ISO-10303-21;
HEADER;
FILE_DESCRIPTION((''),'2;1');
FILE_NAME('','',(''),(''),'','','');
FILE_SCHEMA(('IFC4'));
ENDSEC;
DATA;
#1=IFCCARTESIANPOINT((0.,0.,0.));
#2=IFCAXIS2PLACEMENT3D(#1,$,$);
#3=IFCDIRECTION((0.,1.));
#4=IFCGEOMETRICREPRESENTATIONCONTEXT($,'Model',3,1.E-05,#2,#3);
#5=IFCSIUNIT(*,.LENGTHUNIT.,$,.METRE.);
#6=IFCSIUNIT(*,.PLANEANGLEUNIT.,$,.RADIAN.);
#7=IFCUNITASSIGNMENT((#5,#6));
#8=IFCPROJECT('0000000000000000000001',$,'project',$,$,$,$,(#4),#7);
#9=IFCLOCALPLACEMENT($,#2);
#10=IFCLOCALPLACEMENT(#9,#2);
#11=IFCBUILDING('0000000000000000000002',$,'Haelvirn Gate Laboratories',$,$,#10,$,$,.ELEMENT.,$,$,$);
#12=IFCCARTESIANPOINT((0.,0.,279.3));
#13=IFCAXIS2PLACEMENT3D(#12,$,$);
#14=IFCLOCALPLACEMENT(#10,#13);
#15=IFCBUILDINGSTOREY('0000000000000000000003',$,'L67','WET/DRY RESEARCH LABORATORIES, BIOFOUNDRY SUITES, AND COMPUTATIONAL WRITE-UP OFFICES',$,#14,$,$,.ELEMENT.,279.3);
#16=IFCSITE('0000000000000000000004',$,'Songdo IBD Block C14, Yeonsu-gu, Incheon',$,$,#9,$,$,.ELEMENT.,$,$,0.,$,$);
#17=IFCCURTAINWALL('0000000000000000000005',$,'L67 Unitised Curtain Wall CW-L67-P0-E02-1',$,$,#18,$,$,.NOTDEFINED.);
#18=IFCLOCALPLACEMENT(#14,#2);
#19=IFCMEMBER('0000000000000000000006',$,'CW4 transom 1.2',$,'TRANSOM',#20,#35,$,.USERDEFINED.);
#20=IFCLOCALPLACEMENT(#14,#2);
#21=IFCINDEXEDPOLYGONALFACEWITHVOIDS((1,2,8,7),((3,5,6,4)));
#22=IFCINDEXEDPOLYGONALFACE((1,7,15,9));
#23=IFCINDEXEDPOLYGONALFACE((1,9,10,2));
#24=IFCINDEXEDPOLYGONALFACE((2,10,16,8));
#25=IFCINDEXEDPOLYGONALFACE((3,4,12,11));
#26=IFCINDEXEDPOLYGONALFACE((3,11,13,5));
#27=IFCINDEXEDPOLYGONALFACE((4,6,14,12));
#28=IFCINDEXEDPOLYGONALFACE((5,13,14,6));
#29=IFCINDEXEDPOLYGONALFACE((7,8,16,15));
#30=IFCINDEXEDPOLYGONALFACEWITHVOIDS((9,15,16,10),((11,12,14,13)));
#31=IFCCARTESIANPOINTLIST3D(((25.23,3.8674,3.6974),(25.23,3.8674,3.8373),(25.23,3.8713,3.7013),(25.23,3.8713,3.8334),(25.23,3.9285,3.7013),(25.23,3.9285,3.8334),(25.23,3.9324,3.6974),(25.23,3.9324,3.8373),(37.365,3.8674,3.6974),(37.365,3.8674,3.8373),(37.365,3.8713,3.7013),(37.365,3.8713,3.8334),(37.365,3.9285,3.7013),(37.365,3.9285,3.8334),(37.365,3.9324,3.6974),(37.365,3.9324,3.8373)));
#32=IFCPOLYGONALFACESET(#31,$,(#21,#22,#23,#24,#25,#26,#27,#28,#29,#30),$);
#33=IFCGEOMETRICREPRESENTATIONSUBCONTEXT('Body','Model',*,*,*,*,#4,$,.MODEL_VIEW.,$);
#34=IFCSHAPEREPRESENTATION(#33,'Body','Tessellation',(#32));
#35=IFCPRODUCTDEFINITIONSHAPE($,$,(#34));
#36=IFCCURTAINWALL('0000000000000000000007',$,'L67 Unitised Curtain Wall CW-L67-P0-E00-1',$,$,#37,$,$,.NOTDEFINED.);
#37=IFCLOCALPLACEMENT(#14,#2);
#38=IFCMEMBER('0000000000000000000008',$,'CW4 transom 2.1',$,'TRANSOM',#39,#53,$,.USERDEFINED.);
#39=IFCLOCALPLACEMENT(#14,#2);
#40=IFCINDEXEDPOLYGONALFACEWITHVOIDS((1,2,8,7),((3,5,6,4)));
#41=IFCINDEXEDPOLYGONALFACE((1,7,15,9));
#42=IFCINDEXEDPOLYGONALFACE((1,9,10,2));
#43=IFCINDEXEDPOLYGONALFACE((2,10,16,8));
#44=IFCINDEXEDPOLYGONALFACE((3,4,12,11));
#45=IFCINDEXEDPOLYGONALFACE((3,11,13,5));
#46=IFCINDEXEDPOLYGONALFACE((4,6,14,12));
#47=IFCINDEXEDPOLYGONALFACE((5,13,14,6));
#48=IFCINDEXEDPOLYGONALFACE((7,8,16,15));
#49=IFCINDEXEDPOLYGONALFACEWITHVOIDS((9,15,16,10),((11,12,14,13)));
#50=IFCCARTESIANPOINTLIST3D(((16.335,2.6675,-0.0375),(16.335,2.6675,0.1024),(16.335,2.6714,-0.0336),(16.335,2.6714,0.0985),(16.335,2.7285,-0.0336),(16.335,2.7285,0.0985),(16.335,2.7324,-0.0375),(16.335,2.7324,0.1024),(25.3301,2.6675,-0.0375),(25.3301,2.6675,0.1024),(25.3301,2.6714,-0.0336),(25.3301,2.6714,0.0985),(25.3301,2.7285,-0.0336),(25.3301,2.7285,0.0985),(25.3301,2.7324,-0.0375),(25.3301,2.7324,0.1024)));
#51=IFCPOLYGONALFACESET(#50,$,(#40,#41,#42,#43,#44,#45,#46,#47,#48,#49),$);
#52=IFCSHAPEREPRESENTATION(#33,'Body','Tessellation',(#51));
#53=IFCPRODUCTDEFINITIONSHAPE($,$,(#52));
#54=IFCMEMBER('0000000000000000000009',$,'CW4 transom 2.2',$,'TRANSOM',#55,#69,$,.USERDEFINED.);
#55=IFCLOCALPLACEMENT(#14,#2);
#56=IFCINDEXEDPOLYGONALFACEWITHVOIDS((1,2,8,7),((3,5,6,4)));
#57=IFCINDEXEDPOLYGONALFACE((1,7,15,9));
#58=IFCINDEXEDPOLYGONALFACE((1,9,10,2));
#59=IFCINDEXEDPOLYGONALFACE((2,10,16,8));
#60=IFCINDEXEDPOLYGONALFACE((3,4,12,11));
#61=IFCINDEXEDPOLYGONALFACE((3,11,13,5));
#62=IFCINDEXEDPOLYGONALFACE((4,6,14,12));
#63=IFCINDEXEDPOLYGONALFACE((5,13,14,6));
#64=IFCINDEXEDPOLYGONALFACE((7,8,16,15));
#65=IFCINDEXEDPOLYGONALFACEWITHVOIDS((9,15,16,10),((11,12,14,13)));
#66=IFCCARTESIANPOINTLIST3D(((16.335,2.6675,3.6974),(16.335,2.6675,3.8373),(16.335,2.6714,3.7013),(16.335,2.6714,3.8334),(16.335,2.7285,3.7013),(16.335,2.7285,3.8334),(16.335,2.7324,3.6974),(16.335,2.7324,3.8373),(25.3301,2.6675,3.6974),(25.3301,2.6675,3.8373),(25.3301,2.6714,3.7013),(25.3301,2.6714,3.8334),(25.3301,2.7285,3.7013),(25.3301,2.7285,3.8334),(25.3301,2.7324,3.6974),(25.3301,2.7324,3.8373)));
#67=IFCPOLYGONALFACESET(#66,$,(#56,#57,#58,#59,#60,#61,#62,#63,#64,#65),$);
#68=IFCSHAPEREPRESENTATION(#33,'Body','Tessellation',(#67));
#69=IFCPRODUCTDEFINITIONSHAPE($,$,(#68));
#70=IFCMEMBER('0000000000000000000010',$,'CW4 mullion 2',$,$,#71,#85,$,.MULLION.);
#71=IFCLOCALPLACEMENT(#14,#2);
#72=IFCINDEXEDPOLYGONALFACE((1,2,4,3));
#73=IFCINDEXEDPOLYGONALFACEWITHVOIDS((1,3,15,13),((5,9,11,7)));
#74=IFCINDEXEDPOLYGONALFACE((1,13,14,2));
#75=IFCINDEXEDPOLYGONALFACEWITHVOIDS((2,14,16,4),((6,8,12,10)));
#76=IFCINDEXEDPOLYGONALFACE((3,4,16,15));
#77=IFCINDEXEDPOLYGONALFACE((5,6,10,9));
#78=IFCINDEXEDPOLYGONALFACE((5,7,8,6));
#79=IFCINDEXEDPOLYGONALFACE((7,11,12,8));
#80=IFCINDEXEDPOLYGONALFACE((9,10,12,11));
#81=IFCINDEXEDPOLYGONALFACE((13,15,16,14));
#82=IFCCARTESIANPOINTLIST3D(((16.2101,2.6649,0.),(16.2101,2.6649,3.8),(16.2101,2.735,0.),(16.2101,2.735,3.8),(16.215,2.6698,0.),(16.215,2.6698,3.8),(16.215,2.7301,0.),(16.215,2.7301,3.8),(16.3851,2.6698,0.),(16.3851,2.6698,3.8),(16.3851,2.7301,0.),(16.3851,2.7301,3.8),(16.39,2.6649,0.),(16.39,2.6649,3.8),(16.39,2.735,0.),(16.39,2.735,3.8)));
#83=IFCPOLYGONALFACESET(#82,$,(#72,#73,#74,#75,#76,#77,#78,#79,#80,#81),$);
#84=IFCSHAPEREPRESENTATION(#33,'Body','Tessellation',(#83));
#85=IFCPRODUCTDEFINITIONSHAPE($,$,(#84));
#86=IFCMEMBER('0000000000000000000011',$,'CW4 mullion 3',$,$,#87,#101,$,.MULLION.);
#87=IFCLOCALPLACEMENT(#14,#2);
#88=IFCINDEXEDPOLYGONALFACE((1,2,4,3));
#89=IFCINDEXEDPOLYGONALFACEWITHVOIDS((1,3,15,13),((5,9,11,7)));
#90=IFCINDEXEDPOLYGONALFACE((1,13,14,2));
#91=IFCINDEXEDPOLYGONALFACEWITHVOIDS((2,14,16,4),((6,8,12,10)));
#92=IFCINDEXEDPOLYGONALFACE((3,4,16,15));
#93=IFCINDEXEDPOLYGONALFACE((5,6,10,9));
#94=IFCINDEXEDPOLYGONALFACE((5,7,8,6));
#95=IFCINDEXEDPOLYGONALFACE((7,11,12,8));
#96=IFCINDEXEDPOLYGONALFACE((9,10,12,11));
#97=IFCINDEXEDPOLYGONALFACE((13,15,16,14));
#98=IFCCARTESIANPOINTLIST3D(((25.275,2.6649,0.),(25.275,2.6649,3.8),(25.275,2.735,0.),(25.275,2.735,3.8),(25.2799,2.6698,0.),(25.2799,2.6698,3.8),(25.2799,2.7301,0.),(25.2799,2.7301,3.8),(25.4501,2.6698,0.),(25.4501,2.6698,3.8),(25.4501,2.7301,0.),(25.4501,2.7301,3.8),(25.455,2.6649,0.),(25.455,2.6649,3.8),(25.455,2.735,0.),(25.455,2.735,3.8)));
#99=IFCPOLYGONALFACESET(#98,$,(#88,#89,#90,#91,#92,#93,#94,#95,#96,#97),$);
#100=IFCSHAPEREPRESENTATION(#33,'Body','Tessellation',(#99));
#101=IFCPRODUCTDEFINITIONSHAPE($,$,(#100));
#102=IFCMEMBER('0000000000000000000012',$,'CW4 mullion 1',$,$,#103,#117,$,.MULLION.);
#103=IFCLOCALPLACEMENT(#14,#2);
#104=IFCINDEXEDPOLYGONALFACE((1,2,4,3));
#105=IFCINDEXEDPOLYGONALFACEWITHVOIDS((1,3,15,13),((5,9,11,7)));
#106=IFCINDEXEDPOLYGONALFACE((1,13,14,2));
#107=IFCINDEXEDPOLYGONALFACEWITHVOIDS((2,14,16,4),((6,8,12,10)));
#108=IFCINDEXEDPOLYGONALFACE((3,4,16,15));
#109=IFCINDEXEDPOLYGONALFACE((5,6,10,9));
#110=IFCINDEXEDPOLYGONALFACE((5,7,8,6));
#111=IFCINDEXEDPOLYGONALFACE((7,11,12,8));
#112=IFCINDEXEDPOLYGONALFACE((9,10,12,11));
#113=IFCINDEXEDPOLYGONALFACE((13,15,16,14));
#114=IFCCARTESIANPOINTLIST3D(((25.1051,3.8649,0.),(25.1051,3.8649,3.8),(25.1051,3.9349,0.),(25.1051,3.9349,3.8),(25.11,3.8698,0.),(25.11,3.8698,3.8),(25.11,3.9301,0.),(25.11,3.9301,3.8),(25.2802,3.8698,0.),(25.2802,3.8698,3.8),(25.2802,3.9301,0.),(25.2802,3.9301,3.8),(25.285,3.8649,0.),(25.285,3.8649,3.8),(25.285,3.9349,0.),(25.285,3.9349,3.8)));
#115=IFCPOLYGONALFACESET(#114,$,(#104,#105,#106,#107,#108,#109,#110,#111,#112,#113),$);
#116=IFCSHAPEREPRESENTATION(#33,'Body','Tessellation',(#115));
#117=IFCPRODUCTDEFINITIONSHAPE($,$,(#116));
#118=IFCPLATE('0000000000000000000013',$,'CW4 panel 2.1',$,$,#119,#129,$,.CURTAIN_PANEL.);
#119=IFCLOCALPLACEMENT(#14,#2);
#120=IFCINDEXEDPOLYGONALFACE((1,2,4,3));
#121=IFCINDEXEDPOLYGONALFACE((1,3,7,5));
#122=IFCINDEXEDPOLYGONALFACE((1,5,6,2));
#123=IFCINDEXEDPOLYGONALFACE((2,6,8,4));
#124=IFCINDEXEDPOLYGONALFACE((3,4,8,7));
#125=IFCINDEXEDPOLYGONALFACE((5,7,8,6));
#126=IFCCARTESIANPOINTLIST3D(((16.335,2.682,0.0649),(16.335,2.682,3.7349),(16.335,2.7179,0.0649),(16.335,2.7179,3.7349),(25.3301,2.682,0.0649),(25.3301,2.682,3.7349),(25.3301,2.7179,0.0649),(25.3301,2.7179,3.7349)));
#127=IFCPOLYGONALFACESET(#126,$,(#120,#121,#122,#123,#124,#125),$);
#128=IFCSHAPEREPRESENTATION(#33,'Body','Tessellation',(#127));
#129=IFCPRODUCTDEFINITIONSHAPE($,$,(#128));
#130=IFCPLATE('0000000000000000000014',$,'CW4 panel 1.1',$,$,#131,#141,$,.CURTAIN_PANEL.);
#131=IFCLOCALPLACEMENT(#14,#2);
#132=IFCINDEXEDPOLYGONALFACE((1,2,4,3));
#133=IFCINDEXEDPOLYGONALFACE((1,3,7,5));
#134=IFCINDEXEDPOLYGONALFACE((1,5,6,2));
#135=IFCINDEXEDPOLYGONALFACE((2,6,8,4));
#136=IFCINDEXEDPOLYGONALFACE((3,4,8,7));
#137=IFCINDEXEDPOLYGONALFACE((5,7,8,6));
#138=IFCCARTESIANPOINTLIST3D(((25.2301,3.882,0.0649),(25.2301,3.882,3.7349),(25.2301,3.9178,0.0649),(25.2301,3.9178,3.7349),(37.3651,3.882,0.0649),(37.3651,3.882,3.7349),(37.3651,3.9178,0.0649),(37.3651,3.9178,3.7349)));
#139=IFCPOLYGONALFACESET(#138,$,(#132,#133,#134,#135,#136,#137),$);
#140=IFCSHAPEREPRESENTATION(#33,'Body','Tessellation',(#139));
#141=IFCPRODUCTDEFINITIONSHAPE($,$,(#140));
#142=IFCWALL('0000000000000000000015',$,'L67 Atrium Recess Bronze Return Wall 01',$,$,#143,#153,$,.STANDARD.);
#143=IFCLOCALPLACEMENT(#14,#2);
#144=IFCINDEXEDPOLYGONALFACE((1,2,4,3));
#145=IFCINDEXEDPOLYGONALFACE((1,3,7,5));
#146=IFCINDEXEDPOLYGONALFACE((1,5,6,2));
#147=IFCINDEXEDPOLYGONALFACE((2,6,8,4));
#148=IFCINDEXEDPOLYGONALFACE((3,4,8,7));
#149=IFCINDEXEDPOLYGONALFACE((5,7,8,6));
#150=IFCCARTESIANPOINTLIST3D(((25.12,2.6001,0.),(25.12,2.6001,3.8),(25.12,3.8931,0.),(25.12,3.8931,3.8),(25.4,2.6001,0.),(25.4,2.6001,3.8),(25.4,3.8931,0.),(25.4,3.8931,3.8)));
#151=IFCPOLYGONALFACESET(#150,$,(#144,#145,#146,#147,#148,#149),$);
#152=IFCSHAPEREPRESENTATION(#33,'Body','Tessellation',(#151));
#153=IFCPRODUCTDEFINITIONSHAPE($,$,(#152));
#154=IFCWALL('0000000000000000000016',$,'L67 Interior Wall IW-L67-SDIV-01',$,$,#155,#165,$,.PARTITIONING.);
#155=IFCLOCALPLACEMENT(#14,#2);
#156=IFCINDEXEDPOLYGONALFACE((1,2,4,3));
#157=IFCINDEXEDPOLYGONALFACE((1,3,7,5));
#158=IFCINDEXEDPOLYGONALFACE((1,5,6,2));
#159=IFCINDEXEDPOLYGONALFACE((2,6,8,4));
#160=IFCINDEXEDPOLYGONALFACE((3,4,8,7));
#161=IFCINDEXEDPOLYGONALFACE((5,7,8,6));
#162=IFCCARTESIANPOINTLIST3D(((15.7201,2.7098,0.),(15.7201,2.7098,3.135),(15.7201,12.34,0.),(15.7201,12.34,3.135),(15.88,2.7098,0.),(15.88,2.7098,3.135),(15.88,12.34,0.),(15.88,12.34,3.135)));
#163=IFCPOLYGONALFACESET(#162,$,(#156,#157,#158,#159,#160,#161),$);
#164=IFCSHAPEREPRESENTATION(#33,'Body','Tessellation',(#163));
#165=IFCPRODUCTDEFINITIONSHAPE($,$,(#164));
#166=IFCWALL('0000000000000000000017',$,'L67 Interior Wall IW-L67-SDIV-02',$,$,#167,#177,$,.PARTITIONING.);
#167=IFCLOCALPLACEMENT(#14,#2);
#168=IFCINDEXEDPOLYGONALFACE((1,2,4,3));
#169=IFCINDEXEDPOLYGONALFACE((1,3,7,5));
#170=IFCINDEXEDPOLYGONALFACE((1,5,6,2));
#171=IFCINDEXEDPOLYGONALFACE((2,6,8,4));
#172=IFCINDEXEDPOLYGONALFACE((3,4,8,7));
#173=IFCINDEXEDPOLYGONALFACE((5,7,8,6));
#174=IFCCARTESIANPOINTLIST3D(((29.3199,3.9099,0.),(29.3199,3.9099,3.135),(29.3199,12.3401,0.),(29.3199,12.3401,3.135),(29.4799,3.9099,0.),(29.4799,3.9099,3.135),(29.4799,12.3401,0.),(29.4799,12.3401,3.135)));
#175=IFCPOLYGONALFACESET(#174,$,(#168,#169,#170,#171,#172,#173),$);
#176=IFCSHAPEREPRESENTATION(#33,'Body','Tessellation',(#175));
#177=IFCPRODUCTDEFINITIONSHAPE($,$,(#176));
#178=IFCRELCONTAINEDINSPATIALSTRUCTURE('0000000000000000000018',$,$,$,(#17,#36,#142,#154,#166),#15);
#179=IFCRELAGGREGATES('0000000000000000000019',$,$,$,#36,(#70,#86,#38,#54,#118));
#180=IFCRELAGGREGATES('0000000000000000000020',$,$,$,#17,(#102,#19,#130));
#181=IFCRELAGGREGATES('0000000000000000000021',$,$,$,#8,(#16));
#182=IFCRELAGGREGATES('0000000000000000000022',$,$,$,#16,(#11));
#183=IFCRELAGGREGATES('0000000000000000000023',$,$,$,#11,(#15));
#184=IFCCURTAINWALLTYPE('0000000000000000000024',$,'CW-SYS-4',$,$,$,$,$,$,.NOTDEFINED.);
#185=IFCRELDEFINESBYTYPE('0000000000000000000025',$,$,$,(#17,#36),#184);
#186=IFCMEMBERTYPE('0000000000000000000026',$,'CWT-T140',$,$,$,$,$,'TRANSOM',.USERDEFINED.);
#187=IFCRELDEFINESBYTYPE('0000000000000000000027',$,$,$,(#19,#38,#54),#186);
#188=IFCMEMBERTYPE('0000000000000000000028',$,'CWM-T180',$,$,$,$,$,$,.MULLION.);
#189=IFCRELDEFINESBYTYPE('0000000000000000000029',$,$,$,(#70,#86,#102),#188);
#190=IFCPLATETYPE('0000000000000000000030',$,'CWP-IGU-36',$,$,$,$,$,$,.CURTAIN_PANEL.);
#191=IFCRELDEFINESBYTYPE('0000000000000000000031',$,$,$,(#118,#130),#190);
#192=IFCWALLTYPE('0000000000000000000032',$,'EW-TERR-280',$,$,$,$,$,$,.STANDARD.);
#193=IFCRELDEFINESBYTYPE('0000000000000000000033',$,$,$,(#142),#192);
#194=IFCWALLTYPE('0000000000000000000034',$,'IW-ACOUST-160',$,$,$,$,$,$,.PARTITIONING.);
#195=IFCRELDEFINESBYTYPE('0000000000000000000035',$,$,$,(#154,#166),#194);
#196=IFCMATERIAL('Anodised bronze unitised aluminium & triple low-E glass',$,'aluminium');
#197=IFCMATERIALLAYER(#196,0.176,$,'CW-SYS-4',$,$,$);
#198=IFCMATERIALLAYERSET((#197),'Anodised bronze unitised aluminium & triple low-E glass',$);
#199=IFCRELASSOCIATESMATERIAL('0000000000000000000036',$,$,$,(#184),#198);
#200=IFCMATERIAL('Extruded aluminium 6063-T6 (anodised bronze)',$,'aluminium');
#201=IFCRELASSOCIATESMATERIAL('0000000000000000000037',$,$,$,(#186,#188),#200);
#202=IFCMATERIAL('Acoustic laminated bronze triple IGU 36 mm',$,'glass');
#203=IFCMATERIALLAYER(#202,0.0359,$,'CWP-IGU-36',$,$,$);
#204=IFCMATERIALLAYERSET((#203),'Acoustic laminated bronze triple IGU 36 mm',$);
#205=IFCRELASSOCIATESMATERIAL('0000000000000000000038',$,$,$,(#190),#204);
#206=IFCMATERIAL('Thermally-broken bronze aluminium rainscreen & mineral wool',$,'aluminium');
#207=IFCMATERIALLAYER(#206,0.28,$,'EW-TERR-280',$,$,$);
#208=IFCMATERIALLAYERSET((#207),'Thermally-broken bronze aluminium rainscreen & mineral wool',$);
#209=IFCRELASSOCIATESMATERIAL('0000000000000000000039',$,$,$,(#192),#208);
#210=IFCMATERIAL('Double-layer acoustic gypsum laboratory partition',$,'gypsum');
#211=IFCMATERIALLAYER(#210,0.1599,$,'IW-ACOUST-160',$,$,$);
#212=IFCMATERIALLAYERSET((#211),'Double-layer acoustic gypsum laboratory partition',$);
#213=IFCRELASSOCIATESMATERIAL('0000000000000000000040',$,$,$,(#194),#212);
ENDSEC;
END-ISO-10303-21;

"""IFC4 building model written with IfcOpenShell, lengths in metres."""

from ifc_helpers import new_model, si_unit, direction, frame, frame_2d, origin, origin_2d, place, context, subcontext, project, spatial, rectangle, hollow_rectangle, extrude, source, transform, mapped, material, layer, layer_set, material_profile, profile_set, type_object, type_shapes, element, aggregate, save


model = new_model("IFC4")

# Units and contexts
model_context = context("Model", 3, precision=1e-05, world=origin(), true_north=direction((0.0, 1.0)))
body_context = subcontext(model_context, "Body", "Model", "MODEL_VIEW")
ifc_project = project(units=[si_unit("LENGTHUNIT", "METRE"), si_unit("PLANEANGLEUNIT", "RADIAN")], contexts=[model_context])

# Site, building, storey
site_placement = place(None, origin())
site = spatial("IfcSite", under=ifc_project, at=site_placement, Name="Songdo IBD Block C14, Yeonsu-gu, Incheon", CompositionType="ELEMENT", RefElevation=0.0)
building_placement = place(site_placement, origin())
building = spatial("IfcBuilding", under=site, at=building_placement, Name="Haelvirn Gate Laboratories", CompositionType="ELEMENT")
storey_placement = place(building_placement, frame((0.0, 0.0, 279.3)))
storey = spatial("IfcBuildingStorey", under=building, at=storey_placement, Name="L67", Description="WET/DRY RESEARCH LABORATORIES, BIOFOUNDRY SUITES, AND COMPUTATIONAL WRITE-UP OFFICES", CompositionType="ELEMENT", Elevation=279.3)

# Curtain walls, members
ifc_material_1 = material(Name="Anodised bronze unitised aluminium & triple low-E glass", Category="aluminium")
ifc_layer_1 = layer(ifc_material_1, 0.176, Name="CW-SYS-4")
ifc_layer_set_1 = layer_set([ifc_layer_1], Name="Anodised bronze unitised aluminium & triple low-E glass")
curtain_wall_type = type_object("IfcCurtainWallType", Name="CW-SYS-4", PredefinedType="NOTDEFINED", material=ifc_layer_set_1)
curtain_wall_1_placement = place(storey_placement, origin())
curtain_wall_1 = element("IfcCurtainWall", 1, at=curtain_wall_1_placement, inside=storey, type_object=curtain_wall_type, Name="L67 Unitised Curtain Wall CW-L67-P0-E02-1", PredefinedType="NOTDEFINED")
ifc_material_2 = material(Name="Extruded aluminium 6063-T6 (anodised bronze)", Category="aluminium")
ifc_material_profile_1 = material_profile(ifc_material_2, hollow_rectangle(XDim=0.0649, YDim=0.1399, WallThickness=0.0039, at=origin_2d()), Name="CWT-140x65x4")
ifc_profile_set_1 = profile_set([ifc_material_profile_1], Name="Extruded aluminium 6063-T6 (anodised bronze)")
member_type_1 = type_object("IfcMemberType", Name="CWT-T140", ElementType="TRANSOM", PredefinedType="USERDEFINED", material=ifc_profile_set_1)
shared_shape_1 = source(origin(), body_context, "Body", "SweptSolid", [
    extrude(hollow_rectangle(XDim=0.0649, YDim=0.1399, WallThickness=0.0039, at=origin_2d()), origin(), (0.0, 0.0, 1.0), 12.135),
])
member_1_placement = place(storey_placement, frame((25.23, 3.8999, 3.7673), z_axis=(1.0, 0.0, 0.0), x_axis=(0.0, 1.0, 0.0)))
member_1 = element("IfcMember", 2, at=member_1_placement, type_object=member_type_1, Name="CW4 transom 1.2", ObjectType="TRANSOM", PredefinedType="USERDEFINED", context=body_context, shape_type="MappedRepresentation", body=[
    mapped(shared_shape_1, transform((0.0, 0.0, 0.0), scale=1.0)),
])
curtain_wall_2_placement = place(storey_placement, origin())
curtain_wall_2 = element("IfcCurtainWall", 3, at=curtain_wall_2_placement, inside=storey, type_object=curtain_wall_type, Name="L67 Unitised Curtain Wall CW-L67-P0-E00-1", PredefinedType="NOTDEFINED")
shared_shape_2 = source(origin(), body_context, "Body", "SweptSolid", [
    extrude(hollow_rectangle(XDim=0.0649, YDim=0.1399, WallThickness=0.0039, at=origin_2d()), origin(), (0.0, 0.0, 1.0), 8.9951),
])
type_shapes(member_type_1, [shared_shape_1, shared_shape_2])
member_2_placement = place(storey_placement, frame((16.335, 2.7, 0.0325), z_axis=(1.0, 0.0, 0.0), x_axis=(0.0, 1.0, 0.0)))
member_2 = element("IfcMember", 4, at=member_2_placement, type_object=member_type_1, Name="CW4 transom 2.1", ObjectType="TRANSOM", PredefinedType="USERDEFINED", context=body_context, shape_type="MappedRepresentation", body=[
    mapped(shared_shape_2, transform((0.0, 0.0, 0.0), scale=1.0)),
])
member_3_placement = place(storey_placement, frame((16.335, 2.7, 3.7673), z_axis=(1.0, 0.0, 0.0), x_axis=(0.0, 1.0, 0.0)))
member_3 = element("IfcMember", 5, at=member_3_placement, type_object=member_type_1, Name="CW4 transom 2.2", ObjectType="TRANSOM", PredefinedType="USERDEFINED", context=body_context, shape_type="MappedRepresentation", body=[
    mapped(shared_shape_2, transform((0.0, 0.0, 0.0), scale=1.0)),
])
ifc_material_profile_2 = material_profile(ifc_material_2, hollow_rectangle(XDim=0.0701, YDim=0.1799, WallThickness=0.0049, at=origin_2d()), Name="CWM-180x70x5")
ifc_profile_set_2 = profile_set([ifc_material_profile_2], Name="Extruded aluminium 6063-T6 (anodised bronze)")
member_type_2 = type_object("IfcMemberType", Name="CWM-T180", PredefinedType="MULLION", material=ifc_profile_set_2)
shared_shape_3 = source(origin(), body_context, "Body", "SweptSolid", [
    extrude(hollow_rectangle(XDim=0.0701, YDim=0.1799, WallThickness=0.0049, at=origin_2d()), origin(), (0.0, 0.0, 1.0), 3.8),
])
type_shapes(member_type_2, [shared_shape_3])
member_4_placement = place(storey_placement, frame((16.3, 2.7, 0.0), z_axis=(0.0, 0.0, 1.0), x_axis=(0.0, 1.0, 0.0)))
member_4 = element("IfcMember", 6, at=member_4_placement, type_object=member_type_2, Name="CW4 mullion 2", PredefinedType="MULLION", context=body_context, shape_type="MappedRepresentation", body=[
    mapped(shared_shape_3, transform((0.0, 0.0, 0.0), scale=1.0)),
])
member_5_placement = place(storey_placement, frame((25.365, 2.7, 0.0), z_axis=(0.0, 0.0, 1.0), x_axis=(0.0, 1.0, 0.0)))
member_5 = element("IfcMember", 7, at=member_5_placement, type_object=member_type_2, Name="CW4 mullion 3", PredefinedType="MULLION", context=body_context, shape_type="MappedRepresentation", body=[
    mapped(shared_shape_3, transform((0.0, 0.0, 0.0), scale=1.0)),
])

# Member
member_6_placement = place(storey_placement, frame((25.1951, 3.8999, 0.0), z_axis=(0.0, 0.0, 1.0), x_axis=(0.0, 1.0, 0.0)))
member_6 = element("IfcMember", 8, at=member_6_placement, type_object=member_type_2, Name="CW4 mullion 1", PredefinedType="MULLION", context=body_context, shape_type="MappedRepresentation", body=[
    mapped(shared_shape_3, transform((0.0, 0.0, 0.0), scale=1.0)),
])

# Plates
ifc_material_3 = material(Name="Acoustic laminated bronze triple IGU 36 mm", Category="glass")
ifc_layer_2 = layer(ifc_material_3, 0.0359, Name="CWP-IGU-36")
ifc_layer_set_2 = layer_set([ifc_layer_2], Name="Acoustic laminated bronze triple IGU 36 mm")
plate_type = type_object("IfcPlateType", Name="CWP-IGU-36", PredefinedType="CURTAIN_PANEL", material=ifc_layer_set_2)
shared_shape_4 = source(origin(), body_context, "Body", "SweptSolid", [
    extrude(rectangle(XDim=8.9951, YDim=0.0359, at=origin_2d()), origin(), (0.0, 0.0, 1.0), 3.6699),
])
plate_1_placement = place(storey_placement, frame((20.8325, 2.7, 0.0649), z_axis=(0.0, 0.0, 1.0), x_axis=(1.0, 0.0, 0.0)))
plate_1 = element("IfcPlate", 9, at=plate_1_placement, type_object=plate_type, Name="CW4 panel 2.1", PredefinedType="CURTAIN_PANEL", context=body_context, shape_type="MappedRepresentation", body=[
    mapped(shared_shape_4, transform((0.0, 0.0, 0.0), scale=1.0)),
])
aggregate(curtain_wall_2, [member_4, member_5, member_2, member_3, plate_1])
shared_shape_5 = source(origin(), body_context, "Body", "SweptSolid", [
    extrude(rectangle(XDim=12.135, YDim=0.0359, at=origin_2d()), origin(), (0.0, 0.0, 1.0), 3.6699),
])
type_shapes(plate_type, [shared_shape_4, shared_shape_5])
plate_2_placement = place(storey_placement, frame((31.2976, 3.8999, 0.0649), z_axis=(0.0, 0.0, 1.0), x_axis=(1.0, 0.0, 0.0)))
plate_2 = element("IfcPlate", 10, at=plate_2_placement, type_object=plate_type, Name="CW4 panel 1.1", PredefinedType="CURTAIN_PANEL", context=body_context, shape_type="MappedRepresentation", body=[
    mapped(shared_shape_5, transform((0.0, 0.0, 0.0), scale=1.0)),
])
aggregate(curtain_wall_1, [member_6, member_1, plate_2])

# Walls
ifc_material_4 = material(Name="Thermally-broken bronze aluminium rainscreen & mineral wool", Category="aluminium")
ifc_layer_3 = layer(ifc_material_4, 0.28, Name="EW-TERR-280")
ifc_layer_set_3 = layer_set([ifc_layer_3], Name="Thermally-broken bronze aluminium rainscreen & mineral wool")
wall_type_1 = type_object("IfcWallType", Name="EW-TERR-280", PredefinedType="STANDARD", material=ifc_layer_set_3)
wall_1_placement = place(storey_placement, frame((25.26, 2.6001, 0.0), z_axis=(0.0, 0.0, 1.0), x_axis=(0.0, 1.0, 0.0)))
element("IfcWall", 11, at=wall_1_placement, inside=storey, type_object=wall_type_1, Name="L67 Atrium Recess Bronze Return Wall 01", PredefinedType="STANDARD", context=body_context, shape_type="SweptSolid", body=[
    extrude(rectangle(XDim=1.293, YDim=0.28, at=frame_2d((0.6465, 0.0))), origin(), (0.0, 0.0, 1.0), 3.8),
])
ifc_material_5 = material(Name="Double-layer acoustic gypsum laboratory partition", Category="gypsum")
ifc_layer_4 = layer(ifc_material_5, 0.1599, Name="IW-ACOUST-160")
ifc_layer_set_4 = layer_set([ifc_layer_4], Name="Double-layer acoustic gypsum laboratory partition")
wall_type_2 = type_object("IfcWallType", Name="IW-ACOUST-160", PredefinedType="PARTITIONING", material=ifc_layer_set_4)
wall_2_placement = place(storey_placement, frame((15.8, 2.71, 0.0), z_axis=(0.0, 0.0, 1.0), x_axis=(0.0, 1.0, 0.0)))
element("IfcWall", 12, at=wall_2_placement, inside=storey, type_object=wall_type_2, Name="L67 Interior Wall IW-L67-SDIV-01", PredefinedType="PARTITIONING", context=body_context, shape_type="SweptSolid", body=[
    extrude(rectangle(XDim=9.6301, YDim=0.1599, at=frame_2d((4.8149, 0.0))), origin(), (0.0, 0.0, 1.0), 3.135),
])
wall_3_placement = place(storey_placement, frame((29.3999, 3.9099, 0.0), z_axis=(0.0, 0.0, 1.0), x_axis=(0.0, 1.0, 0.0)))
element("IfcWall", 13, at=wall_3_placement, inside=storey, type_object=wall_type_2, Name="L67 Interior Wall IW-L67-SDIV-02", PredefinedType="PARTITIONING", context=body_context, shape_type="SweptSolid", body=[
    extrude(rectangle(XDim=8.4302, YDim=0.1599, at=frame_2d((4.2151, 0.0))), origin(), (0.0, 0.0, 1.0), 3.135),
])

save(model, "model.ifc")
